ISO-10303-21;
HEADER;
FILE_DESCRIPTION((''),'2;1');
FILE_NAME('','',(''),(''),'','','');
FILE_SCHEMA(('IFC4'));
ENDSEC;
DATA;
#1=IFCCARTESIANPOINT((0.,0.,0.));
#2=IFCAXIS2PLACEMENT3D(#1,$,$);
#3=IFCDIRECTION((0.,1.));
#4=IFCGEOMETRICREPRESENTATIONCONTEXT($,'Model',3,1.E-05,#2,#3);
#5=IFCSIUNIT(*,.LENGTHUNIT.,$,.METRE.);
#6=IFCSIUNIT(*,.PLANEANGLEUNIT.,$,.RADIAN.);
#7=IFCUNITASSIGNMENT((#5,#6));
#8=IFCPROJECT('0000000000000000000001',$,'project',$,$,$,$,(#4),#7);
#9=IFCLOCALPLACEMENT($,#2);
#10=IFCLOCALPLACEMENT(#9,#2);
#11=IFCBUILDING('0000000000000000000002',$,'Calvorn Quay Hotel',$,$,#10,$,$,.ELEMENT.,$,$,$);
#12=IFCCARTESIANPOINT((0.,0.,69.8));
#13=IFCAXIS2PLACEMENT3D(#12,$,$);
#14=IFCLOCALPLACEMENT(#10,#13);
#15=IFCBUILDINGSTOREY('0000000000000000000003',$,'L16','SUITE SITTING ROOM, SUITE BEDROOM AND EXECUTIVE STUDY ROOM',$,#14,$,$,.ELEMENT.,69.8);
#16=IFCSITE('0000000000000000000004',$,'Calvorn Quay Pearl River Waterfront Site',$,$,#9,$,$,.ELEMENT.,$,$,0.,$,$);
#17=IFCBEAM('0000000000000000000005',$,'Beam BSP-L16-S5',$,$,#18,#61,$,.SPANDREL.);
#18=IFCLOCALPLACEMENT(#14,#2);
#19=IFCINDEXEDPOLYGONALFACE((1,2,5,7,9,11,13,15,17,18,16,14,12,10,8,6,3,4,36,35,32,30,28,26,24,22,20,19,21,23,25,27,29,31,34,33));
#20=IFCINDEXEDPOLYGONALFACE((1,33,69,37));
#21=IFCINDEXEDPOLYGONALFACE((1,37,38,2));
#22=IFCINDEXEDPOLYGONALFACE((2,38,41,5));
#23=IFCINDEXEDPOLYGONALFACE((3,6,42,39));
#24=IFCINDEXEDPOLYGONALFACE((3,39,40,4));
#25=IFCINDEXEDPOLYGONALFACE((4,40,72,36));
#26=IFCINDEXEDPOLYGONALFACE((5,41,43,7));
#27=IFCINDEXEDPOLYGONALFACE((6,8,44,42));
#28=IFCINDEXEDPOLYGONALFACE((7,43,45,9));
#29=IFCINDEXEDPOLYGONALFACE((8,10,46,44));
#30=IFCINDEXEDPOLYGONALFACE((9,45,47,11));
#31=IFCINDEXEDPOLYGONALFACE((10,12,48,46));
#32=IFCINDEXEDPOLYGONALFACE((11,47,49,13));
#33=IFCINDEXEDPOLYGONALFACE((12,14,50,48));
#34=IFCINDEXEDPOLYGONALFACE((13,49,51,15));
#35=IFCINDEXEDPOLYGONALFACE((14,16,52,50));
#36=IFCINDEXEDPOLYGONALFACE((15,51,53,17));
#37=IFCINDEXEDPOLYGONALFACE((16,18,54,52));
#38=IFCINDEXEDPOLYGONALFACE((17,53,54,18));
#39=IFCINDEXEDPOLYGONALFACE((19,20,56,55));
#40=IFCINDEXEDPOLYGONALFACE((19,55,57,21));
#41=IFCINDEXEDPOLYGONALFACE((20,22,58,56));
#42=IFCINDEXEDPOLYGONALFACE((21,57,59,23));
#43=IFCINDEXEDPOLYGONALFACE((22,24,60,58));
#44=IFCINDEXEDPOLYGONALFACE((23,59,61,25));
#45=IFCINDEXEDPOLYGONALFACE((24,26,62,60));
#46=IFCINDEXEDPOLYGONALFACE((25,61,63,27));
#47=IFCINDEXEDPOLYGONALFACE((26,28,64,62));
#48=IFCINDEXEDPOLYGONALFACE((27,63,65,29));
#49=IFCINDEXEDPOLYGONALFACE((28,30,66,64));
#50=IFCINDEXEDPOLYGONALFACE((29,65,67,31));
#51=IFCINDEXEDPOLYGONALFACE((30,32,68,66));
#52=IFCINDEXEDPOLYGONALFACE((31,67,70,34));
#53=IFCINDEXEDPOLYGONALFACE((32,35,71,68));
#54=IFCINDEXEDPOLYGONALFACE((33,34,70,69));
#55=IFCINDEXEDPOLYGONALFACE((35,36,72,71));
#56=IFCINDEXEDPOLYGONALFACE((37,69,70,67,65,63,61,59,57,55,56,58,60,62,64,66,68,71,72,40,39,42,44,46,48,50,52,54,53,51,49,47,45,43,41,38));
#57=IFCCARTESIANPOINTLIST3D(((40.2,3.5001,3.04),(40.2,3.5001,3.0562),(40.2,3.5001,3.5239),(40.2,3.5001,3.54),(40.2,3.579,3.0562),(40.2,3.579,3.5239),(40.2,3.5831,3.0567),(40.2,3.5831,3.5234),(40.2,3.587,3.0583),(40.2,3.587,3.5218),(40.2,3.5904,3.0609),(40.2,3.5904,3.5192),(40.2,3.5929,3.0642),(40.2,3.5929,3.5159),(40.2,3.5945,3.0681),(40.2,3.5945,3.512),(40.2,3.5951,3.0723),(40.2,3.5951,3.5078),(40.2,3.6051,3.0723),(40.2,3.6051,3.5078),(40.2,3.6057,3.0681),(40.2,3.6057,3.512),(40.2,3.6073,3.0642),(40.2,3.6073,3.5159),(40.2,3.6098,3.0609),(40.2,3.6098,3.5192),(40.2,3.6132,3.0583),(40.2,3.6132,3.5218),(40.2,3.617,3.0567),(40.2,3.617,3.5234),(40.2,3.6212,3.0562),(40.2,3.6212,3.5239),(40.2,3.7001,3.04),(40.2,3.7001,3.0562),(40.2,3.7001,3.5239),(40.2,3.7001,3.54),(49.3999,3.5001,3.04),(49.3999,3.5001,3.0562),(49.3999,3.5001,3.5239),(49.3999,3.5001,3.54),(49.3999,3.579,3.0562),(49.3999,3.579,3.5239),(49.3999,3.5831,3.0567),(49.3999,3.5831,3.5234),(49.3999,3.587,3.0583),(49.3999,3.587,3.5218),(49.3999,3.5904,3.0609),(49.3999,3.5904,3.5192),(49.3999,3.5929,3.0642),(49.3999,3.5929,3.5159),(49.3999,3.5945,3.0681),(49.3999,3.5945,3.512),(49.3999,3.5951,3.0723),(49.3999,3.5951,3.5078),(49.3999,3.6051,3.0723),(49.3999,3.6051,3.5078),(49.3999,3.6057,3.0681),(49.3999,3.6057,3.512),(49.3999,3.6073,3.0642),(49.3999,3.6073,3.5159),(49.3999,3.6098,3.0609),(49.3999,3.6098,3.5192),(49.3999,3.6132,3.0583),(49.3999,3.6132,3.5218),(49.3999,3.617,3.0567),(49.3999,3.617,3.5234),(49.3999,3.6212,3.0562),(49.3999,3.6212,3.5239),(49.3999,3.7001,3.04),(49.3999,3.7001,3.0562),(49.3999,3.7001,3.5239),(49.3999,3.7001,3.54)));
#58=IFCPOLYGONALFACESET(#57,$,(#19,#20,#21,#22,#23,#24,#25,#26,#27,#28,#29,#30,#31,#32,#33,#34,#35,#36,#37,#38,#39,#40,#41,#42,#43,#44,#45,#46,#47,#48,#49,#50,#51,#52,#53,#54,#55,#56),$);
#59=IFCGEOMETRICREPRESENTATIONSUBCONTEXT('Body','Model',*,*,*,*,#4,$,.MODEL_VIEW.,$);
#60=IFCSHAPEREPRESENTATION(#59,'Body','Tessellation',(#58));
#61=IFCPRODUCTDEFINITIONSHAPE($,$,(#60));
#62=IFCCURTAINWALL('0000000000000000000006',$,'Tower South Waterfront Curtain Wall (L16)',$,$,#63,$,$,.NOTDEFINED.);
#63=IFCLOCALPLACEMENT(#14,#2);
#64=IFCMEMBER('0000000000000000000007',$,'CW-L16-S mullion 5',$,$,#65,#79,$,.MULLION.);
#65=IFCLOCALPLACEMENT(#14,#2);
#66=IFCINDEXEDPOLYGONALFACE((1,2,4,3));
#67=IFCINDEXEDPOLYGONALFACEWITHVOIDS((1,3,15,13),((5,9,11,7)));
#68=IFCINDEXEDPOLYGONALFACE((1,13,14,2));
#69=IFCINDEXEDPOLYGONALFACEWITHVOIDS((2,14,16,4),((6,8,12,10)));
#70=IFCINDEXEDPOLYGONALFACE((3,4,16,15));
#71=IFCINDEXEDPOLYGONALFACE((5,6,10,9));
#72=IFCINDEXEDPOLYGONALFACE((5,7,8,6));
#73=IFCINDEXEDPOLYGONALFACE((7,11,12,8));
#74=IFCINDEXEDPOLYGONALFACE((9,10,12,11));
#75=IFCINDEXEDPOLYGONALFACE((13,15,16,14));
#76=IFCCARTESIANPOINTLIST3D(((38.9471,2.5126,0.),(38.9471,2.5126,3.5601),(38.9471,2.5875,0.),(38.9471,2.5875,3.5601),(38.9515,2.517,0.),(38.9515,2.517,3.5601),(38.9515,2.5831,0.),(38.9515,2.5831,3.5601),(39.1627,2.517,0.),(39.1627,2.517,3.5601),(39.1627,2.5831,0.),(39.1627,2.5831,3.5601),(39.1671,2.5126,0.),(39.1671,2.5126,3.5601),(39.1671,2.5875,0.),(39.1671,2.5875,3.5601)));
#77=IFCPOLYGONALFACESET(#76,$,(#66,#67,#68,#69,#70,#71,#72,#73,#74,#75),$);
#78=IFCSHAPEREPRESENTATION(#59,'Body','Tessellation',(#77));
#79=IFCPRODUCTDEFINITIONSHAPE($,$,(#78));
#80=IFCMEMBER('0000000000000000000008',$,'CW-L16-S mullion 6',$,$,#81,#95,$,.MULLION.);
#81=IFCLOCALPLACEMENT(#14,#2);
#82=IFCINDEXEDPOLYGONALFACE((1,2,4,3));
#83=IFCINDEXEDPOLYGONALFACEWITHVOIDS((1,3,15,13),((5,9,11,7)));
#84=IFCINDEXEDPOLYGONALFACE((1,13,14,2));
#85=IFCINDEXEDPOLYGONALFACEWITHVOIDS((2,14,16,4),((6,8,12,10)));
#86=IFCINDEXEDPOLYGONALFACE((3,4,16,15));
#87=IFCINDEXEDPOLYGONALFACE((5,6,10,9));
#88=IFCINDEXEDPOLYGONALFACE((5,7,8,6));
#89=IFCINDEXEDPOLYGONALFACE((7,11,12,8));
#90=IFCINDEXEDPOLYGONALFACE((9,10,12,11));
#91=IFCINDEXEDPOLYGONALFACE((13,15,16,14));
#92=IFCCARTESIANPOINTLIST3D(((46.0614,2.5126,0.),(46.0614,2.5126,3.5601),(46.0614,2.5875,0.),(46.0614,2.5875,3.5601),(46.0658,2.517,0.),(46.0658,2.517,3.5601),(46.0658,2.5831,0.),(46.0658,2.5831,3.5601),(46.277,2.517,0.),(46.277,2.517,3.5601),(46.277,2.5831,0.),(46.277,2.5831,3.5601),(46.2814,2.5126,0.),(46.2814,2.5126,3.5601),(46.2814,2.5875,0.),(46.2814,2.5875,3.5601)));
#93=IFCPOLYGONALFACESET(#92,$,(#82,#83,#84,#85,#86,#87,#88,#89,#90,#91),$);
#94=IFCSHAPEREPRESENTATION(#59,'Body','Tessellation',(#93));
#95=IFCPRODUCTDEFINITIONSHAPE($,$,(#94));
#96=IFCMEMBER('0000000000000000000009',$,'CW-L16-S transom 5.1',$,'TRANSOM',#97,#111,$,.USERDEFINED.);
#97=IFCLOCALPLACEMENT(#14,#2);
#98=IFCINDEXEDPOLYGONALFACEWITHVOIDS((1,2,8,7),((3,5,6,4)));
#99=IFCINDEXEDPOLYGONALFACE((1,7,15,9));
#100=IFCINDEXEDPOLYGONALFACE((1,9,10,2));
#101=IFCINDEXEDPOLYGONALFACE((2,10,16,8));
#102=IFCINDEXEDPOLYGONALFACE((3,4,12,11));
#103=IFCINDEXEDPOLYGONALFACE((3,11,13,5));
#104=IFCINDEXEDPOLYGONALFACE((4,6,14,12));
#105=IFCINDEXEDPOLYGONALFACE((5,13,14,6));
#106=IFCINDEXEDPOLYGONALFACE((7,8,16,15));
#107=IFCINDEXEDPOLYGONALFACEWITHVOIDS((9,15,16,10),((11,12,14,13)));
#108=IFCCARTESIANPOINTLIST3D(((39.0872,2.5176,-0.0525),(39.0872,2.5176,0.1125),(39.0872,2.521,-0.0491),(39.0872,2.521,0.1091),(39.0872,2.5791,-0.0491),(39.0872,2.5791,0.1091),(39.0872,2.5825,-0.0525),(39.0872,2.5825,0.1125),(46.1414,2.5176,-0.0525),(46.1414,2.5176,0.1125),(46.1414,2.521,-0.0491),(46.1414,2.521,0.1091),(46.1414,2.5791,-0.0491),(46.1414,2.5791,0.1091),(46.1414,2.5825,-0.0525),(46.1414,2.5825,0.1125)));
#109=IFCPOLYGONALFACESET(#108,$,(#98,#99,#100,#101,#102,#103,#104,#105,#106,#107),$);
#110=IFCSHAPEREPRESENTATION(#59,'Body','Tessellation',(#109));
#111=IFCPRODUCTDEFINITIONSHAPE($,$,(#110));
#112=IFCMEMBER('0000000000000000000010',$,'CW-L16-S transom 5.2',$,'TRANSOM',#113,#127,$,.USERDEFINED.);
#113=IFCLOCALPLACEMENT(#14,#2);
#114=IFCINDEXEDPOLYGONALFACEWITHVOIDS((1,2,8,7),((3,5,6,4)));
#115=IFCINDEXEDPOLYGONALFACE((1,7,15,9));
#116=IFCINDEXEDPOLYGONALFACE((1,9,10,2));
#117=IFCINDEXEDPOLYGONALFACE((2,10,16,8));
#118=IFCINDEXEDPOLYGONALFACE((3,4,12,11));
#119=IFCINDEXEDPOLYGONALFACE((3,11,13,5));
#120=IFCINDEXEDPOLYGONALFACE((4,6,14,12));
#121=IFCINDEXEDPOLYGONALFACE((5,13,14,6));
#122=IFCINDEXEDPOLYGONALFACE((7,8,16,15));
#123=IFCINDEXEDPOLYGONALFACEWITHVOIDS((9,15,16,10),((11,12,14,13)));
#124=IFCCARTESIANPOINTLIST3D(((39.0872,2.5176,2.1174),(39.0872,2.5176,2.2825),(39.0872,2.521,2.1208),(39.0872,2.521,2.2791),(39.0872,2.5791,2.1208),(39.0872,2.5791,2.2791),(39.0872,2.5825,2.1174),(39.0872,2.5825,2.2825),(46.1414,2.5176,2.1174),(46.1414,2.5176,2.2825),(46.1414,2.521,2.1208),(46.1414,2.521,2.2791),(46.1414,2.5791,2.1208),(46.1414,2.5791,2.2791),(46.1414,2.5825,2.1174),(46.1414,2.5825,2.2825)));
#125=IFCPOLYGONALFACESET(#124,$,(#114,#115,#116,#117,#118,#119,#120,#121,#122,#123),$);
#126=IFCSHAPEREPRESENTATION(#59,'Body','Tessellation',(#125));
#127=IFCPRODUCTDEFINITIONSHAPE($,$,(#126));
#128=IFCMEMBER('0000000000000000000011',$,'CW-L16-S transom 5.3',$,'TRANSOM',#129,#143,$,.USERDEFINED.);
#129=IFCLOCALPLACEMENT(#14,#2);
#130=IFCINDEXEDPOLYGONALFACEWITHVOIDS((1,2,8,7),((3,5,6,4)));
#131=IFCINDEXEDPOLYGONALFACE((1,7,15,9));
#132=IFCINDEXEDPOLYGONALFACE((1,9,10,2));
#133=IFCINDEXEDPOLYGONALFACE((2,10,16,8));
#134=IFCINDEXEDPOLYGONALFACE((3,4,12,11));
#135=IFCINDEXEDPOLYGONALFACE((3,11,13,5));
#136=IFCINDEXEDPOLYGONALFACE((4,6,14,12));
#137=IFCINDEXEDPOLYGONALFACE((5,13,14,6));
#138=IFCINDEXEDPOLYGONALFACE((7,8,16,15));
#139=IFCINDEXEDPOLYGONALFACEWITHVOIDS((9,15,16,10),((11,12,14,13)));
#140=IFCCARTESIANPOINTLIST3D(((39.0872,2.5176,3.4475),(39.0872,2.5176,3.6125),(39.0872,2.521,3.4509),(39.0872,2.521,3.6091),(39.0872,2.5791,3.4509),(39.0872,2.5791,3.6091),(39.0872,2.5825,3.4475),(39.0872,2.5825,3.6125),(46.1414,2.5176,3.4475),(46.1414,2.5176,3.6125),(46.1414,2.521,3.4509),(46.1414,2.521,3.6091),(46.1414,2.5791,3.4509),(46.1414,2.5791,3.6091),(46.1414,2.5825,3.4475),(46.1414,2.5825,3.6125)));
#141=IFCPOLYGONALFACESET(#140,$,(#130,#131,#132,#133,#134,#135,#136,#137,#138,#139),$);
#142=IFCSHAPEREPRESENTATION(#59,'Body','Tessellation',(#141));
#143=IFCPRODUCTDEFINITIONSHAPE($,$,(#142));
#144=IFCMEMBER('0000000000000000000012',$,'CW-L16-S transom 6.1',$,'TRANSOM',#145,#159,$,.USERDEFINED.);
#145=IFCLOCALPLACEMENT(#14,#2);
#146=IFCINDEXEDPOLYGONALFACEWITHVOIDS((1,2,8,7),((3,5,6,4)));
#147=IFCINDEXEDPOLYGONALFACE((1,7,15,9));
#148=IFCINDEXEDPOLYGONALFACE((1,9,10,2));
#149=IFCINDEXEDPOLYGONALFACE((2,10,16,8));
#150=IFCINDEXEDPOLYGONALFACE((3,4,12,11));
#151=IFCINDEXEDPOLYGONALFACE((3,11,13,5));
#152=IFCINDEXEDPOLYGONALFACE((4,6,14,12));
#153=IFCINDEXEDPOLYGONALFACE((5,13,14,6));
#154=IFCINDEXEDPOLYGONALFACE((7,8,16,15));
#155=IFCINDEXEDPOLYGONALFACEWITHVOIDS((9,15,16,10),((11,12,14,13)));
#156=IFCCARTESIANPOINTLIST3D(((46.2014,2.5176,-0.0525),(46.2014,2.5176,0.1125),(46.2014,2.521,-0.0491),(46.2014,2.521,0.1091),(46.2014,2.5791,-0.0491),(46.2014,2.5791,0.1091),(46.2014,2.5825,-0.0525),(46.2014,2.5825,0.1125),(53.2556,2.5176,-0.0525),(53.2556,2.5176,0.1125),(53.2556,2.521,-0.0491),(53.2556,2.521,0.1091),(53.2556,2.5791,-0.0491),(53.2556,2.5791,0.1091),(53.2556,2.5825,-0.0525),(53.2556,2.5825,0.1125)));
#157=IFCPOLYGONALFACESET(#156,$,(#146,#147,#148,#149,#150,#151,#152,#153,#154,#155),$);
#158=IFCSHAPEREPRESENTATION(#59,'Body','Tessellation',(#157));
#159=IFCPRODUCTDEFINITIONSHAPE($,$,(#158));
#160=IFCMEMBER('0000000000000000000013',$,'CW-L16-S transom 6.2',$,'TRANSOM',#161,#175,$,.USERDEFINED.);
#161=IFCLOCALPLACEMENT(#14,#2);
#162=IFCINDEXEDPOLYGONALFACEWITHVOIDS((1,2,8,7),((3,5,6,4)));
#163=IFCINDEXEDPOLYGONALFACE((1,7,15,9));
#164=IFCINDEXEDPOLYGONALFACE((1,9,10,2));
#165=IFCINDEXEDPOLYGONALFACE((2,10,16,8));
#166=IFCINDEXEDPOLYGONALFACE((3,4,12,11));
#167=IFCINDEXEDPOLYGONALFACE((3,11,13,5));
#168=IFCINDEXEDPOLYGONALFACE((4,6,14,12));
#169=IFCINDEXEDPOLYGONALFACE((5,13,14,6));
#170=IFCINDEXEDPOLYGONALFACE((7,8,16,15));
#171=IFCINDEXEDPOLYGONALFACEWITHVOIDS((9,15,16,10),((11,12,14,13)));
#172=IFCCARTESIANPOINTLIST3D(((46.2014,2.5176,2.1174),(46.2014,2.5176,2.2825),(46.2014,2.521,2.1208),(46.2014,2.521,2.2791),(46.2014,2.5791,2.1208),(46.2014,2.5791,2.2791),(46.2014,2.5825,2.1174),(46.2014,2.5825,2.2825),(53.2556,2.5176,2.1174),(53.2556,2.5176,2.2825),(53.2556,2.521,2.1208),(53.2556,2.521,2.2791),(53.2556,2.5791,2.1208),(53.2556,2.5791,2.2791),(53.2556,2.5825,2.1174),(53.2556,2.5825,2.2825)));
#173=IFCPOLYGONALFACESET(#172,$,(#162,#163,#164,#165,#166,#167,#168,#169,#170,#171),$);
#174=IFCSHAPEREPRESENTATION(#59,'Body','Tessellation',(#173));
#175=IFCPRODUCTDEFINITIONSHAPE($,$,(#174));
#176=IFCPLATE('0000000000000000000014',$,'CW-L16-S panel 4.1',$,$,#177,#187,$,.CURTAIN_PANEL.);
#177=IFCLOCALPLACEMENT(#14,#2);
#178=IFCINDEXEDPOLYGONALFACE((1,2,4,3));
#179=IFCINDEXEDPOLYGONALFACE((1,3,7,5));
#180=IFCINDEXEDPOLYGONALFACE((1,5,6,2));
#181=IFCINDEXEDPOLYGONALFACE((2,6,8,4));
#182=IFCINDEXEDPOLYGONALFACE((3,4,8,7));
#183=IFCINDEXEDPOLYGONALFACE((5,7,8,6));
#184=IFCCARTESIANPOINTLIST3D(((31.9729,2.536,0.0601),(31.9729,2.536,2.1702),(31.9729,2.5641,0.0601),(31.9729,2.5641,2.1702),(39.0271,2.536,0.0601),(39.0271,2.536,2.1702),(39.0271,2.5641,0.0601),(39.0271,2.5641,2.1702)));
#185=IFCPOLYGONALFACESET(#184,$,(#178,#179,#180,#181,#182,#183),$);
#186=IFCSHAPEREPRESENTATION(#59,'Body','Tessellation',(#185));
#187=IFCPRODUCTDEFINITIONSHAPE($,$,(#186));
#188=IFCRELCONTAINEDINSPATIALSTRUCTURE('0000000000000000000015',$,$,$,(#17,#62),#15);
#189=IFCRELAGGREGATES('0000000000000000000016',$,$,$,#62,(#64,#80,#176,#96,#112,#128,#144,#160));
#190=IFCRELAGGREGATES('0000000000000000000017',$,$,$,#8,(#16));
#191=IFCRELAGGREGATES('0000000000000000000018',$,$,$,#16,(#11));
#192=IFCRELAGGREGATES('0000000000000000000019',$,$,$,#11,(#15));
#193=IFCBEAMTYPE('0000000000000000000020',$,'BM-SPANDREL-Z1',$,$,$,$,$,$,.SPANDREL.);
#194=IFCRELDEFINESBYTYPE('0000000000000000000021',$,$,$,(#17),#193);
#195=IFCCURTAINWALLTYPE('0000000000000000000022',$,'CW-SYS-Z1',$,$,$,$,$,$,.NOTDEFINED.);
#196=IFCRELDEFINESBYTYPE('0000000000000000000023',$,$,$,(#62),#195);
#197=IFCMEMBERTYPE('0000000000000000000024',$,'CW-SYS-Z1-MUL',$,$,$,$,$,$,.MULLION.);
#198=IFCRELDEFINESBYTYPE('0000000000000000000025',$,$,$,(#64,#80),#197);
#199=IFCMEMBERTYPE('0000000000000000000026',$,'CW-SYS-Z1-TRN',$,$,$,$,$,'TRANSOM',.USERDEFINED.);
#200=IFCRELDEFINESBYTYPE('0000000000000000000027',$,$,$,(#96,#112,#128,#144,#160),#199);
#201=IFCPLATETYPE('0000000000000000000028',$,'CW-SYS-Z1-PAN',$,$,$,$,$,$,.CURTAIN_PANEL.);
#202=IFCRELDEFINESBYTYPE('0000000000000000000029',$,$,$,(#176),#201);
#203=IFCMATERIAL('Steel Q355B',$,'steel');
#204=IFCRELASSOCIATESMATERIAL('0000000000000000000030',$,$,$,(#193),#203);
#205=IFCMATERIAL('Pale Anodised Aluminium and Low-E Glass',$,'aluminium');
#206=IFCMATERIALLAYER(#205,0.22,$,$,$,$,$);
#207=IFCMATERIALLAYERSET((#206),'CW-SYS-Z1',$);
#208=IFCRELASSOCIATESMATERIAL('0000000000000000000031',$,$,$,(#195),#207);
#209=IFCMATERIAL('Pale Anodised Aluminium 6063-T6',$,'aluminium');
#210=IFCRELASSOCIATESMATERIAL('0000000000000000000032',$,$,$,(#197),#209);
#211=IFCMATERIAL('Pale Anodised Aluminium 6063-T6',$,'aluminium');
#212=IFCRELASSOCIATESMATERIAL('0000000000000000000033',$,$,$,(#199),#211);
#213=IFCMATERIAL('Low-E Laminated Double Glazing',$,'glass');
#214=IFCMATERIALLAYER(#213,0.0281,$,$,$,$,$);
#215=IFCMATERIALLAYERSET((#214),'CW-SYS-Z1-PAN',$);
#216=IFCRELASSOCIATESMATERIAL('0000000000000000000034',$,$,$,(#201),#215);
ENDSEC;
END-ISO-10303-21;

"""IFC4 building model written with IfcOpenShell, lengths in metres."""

from ifc_helpers import new_model, si_unit, direction, frame, origin, origin_2d, place, context, subcontext, project, spatial, rectangle, hollow_rectangle, i_section, extrude, material, layer, layer_set, material_profile, profile_set, type_object, element, aggregate, save


model = new_model("IFC4")

# Units and contexts
model_context = context("Model", 3, precision=1e-05, world=origin(), true_north=direction((0.0, 1.0)))
body_context = subcontext(model_context, "Body", "Model", "MODEL_VIEW")
ifc_project = project(units=[si_unit("LENGTHUNIT", "METRE"), si_unit("PLANEANGLEUNIT", "RADIAN")], contexts=[model_context])

# Site, building, storey
site_placement = place(None, origin())
site = spatial("IfcSite", under=ifc_project, at=site_placement, Name="Calvorn Quay Pearl River Waterfront Site", CompositionType="ELEMENT", RefElevation=0.0)
building_placement = place(site_placement, origin())
building = spatial("IfcBuilding", under=site, at=building_placement, Name="Calvorn Quay Hotel", CompositionType="ELEMENT")
storey_placement = place(building_placement, frame((0.0, 0.0, 69.8)))
storey = spatial("IfcBuildingStorey", under=building, at=storey_placement, Name="L16", Description="SUITE SITTING ROOM, SUITE BEDROOM AND EXECUTIVE STUDY ROOM", CompositionType="ELEMENT", Elevation=69.8)

# Beam
ifc_material_1 = material(Name="Steel Q355B", Category="steel")
ifc_material_profile_1 = material_profile(ifc_material_1, i_section(OverallWidth=0.2, OverallDepth=0.5, WebThickness=0.01, FlangeThickness=0.0161, FilletRadius=0.0161, at=origin_2d()), Name="HN500x200x10x16")
ifc_profile_set_1 = profile_set([ifc_material_profile_1], Name="Steel Q355B")
beam_type_1 = type_object("IfcBeamType", Name="BM-SPANDREL-Z1", PredefinedType="SPANDREL", material=ifc_profile_set_1)
beam_1_placement = place(storey_placement, frame((40.2, 3.6001, 3.29), z_axis=(1.0, 0.0, 0.0), x_axis=(0.0, 1.0, 0.0)))
element("IfcBeam", 1, at=beam_1_placement, inside=storey, type_object=beam_type_1, Name="Beam BSP-L16-S5", PredefinedType="SPANDREL", context=body_context, shape_type="SweptSolid", body=[
    extrude(i_section(OverallWidth=0.2, OverallDepth=0.5, WebThickness=0.01, FlangeThickness=0.0161, FilletRadius=0.0161, at=origin_2d()), origin(), (0.0, 0.0, 1.0), 9.2),
])

# Curtain wall, members, plate
ifc_material_2 = material(Name="Pale Anodised Aluminium and Low-E Glass", Category="aluminium")
ifc_layer_1 = layer(ifc_material_2, 0.22)
ifc_layer_set_1 = layer_set([ifc_layer_1], Name="CW-SYS-Z1")
curtain_wall_type = type_object("IfcCurtainWallType", Name="CW-SYS-Z1", PredefinedType="NOTDEFINED", material=ifc_layer_set_1)
curtain_wall_placement = place(storey_placement, origin())
curtain_wall = element("IfcCurtainWall", 2, at=curtain_wall_placement, inside=storey, type_object=curtain_wall_type, Name="Tower South Waterfront Curtain Wall (L16)", PredefinedType="NOTDEFINED")
ifc_material_3 = material(Name="Pale Anodised Aluminium 6063-T6", Category="aluminium")
ifc_material_profile_2 = material_profile(ifc_material_3, hollow_rectangle(XDim=0.075, YDim=0.22, WallThickness=0.0044, at=origin_2d()), Name="ALU-M220x75x4.5")
ifc_profile_set_2 = profile_set([ifc_material_profile_2], Name="Pale Anodised Aluminium 6063-T6")
member_type_1 = type_object("IfcMemberType", Name="CW-SYS-Z1-MUL", PredefinedType="MULLION", material=ifc_profile_set_2)
member_1_placement = place(storey_placement, frame((39.0571, 2.55, 0.0), z_axis=(0.0, 0.0, 1.0), x_axis=(0.0, 1.0, 0.0)))
member_1 = element("IfcMember", 3, at=member_1_placement, type_object=member_type_1, Name="CW-L16-S mullion 5", PredefinedType="MULLION", context=body_context, shape_type="SweptSolid", body=[
    extrude(hollow_rectangle(XDim=0.075, YDim=0.22, WallThickness=0.0044, at=origin_2d()), origin(), (0.0, 0.0, 1.0), 3.5601),
])
member_2_placement = place(storey_placement, frame((46.1714, 2.55, 0.0), z_axis=(0.0, 0.0, 1.0), x_axis=(0.0, 1.0, 0.0)))
member_2 = element("IfcMember", 4, at=member_2_placement, type_object=member_type_1, Name="CW-L16-S mullion 6", PredefinedType="MULLION", context=body_context, shape_type="SweptSolid", body=[
    extrude(hollow_rectangle(XDim=0.075, YDim=0.22, WallThickness=0.0044, at=origin_2d()), origin(), (0.0, 0.0, 1.0), 3.5601),
])
ifc_material_4 = material(Name="Pale Anodised Aluminium 6063-T6", Category="aluminium")
ifc_material_profile_3 = material_profile(ifc_material_4, hollow_rectangle(XDim=0.0649, YDim=0.165, WallThickness=0.0034, at=origin_2d()), Name="ALU-T165x65x3.5")
ifc_profile_set_3 = profile_set([ifc_material_profile_3], Name="Pale Anodised Aluminium 6063-T6")
member_type_2 = type_object("IfcMemberType", Name="CW-SYS-Z1-TRN", ElementType="TRANSOM", PredefinedType="USERDEFINED", material=ifc_profile_set_3)
member_3_placement = place(storey_placement, frame((39.0872, 2.55, 0.03), z_axis=(1.0, 0.0, 0.0), x_axis=(0.0, 1.0, 0.0)))
member_3 = element("IfcMember", 5, at=member_3_placement, type_object=member_type_2, Name="CW-L16-S transom 5.1", ObjectType="TRANSOM", PredefinedType="USERDEFINED", context=body_context, shape_type="SweptSolid", body=[
    extrude(hollow_rectangle(XDim=0.0649, YDim=0.165, WallThickness=0.0034, at=origin_2d()), origin(), (0.0, 0.0, 1.0), 7.0542),
])
member_4_placement = place(storey_placement, frame((39.0872, 2.55, 2.2), z_axis=(1.0, 0.0, 0.0), x_axis=(0.0, 1.0, 0.0)))
member_4 = element("IfcMember", 6, at=member_4_placement, type_object=member_type_2, Name="CW-L16-S transom 5.2", ObjectType="TRANSOM", PredefinedType="USERDEFINED", context=body_context, shape_type="SweptSolid", body=[
    extrude(hollow_rectangle(XDim=0.0649, YDim=0.165, WallThickness=0.0034, at=origin_2d()), origin(), (0.0, 0.0, 1.0), 7.0542),
])
member_5_placement = place(storey_placement, frame((39.0872, 2.55, 3.53), z_axis=(1.0, 0.0, 0.0), x_axis=(0.0, 1.0, 0.0)))
member_5 = element("IfcMember", 7, at=member_5_placement, type_object=member_type_2, Name="CW-L16-S transom 5.3", ObjectType="TRANSOM", PredefinedType="USERDEFINED", context=body_context, shape_type="SweptSolid", body=[
    extrude(hollow_rectangle(XDim=0.0649, YDim=0.165, WallThickness=0.0034, at=origin_2d()), origin(), (0.0, 0.0, 1.0), 7.0542),
])
member_6_placement = place(storey_placement, frame((46.2014, 2.55, 0.03), z_axis=(1.0, 0.0, 0.0), x_axis=(0.0, 1.0, 0.0)))
member_6 = element("IfcMember", 8, at=member_6_placement, type_object=member_type_2, Name="CW-L16-S transom 6.1", ObjectType="TRANSOM", PredefinedType="USERDEFINED", context=body_context, shape_type="SweptSolid", body=[
    extrude(hollow_rectangle(XDim=0.0649, YDim=0.165, WallThickness=0.0034, at=origin_2d()), origin(), (0.0, 0.0, 1.0), 7.0542),
])
member_7_placement = place(storey_placement, frame((46.2014, 2.55, 2.2), z_axis=(1.0, 0.0, 0.0), x_axis=(0.0, 1.0, 0.0)))
member_7 = element("IfcMember", 9, at=member_7_placement, type_object=member_type_2, Name="CW-L16-S transom 6.2", ObjectType="TRANSOM", PredefinedType="USERDEFINED", context=body_context, shape_type="SweptSolid", body=[
    extrude(hollow_rectangle(XDim=0.0649, YDim=0.165, WallThickness=0.0034, at=origin_2d()), origin(), (0.0, 0.0, 1.0), 7.0542),
])
ifc_material_5 = material(Name="Low-E Laminated Double Glazing", Category="glass")
ifc_layer_2 = layer(ifc_material_5, 0.0281)
ifc_layer_set_2 = layer_set([ifc_layer_2], Name="CW-SYS-Z1-PAN")
plate_type = type_object("IfcPlateType", Name="CW-SYS-Z1-PAN", PredefinedType="CURTAIN_PANEL", material=ifc_layer_set_2)
plate_1_placement = place(storey_placement, frame((35.5, 2.55, 0.0601), z_axis=(0.0, 0.0, 1.0), x_axis=(1.0, 0.0, 0.0)))
plate_1 = element("IfcPlate", 10, at=plate_1_placement, type_object=plate_type, Name="CW-L16-S panel 4.1", PredefinedType="CURTAIN_PANEL", context=body_context, shape_type="SweptSolid", body=[
    extrude(rectangle(XDim=7.0542, YDim=0.0281, at=origin_2d()), origin(), (0.0, 0.0, 1.0), 2.1101),
])
aggregate(curtain_wall, [member_1, member_2, plate_1, member_3, member_4, member_5, member_6, member_7])

save(model, "model.ifc")
